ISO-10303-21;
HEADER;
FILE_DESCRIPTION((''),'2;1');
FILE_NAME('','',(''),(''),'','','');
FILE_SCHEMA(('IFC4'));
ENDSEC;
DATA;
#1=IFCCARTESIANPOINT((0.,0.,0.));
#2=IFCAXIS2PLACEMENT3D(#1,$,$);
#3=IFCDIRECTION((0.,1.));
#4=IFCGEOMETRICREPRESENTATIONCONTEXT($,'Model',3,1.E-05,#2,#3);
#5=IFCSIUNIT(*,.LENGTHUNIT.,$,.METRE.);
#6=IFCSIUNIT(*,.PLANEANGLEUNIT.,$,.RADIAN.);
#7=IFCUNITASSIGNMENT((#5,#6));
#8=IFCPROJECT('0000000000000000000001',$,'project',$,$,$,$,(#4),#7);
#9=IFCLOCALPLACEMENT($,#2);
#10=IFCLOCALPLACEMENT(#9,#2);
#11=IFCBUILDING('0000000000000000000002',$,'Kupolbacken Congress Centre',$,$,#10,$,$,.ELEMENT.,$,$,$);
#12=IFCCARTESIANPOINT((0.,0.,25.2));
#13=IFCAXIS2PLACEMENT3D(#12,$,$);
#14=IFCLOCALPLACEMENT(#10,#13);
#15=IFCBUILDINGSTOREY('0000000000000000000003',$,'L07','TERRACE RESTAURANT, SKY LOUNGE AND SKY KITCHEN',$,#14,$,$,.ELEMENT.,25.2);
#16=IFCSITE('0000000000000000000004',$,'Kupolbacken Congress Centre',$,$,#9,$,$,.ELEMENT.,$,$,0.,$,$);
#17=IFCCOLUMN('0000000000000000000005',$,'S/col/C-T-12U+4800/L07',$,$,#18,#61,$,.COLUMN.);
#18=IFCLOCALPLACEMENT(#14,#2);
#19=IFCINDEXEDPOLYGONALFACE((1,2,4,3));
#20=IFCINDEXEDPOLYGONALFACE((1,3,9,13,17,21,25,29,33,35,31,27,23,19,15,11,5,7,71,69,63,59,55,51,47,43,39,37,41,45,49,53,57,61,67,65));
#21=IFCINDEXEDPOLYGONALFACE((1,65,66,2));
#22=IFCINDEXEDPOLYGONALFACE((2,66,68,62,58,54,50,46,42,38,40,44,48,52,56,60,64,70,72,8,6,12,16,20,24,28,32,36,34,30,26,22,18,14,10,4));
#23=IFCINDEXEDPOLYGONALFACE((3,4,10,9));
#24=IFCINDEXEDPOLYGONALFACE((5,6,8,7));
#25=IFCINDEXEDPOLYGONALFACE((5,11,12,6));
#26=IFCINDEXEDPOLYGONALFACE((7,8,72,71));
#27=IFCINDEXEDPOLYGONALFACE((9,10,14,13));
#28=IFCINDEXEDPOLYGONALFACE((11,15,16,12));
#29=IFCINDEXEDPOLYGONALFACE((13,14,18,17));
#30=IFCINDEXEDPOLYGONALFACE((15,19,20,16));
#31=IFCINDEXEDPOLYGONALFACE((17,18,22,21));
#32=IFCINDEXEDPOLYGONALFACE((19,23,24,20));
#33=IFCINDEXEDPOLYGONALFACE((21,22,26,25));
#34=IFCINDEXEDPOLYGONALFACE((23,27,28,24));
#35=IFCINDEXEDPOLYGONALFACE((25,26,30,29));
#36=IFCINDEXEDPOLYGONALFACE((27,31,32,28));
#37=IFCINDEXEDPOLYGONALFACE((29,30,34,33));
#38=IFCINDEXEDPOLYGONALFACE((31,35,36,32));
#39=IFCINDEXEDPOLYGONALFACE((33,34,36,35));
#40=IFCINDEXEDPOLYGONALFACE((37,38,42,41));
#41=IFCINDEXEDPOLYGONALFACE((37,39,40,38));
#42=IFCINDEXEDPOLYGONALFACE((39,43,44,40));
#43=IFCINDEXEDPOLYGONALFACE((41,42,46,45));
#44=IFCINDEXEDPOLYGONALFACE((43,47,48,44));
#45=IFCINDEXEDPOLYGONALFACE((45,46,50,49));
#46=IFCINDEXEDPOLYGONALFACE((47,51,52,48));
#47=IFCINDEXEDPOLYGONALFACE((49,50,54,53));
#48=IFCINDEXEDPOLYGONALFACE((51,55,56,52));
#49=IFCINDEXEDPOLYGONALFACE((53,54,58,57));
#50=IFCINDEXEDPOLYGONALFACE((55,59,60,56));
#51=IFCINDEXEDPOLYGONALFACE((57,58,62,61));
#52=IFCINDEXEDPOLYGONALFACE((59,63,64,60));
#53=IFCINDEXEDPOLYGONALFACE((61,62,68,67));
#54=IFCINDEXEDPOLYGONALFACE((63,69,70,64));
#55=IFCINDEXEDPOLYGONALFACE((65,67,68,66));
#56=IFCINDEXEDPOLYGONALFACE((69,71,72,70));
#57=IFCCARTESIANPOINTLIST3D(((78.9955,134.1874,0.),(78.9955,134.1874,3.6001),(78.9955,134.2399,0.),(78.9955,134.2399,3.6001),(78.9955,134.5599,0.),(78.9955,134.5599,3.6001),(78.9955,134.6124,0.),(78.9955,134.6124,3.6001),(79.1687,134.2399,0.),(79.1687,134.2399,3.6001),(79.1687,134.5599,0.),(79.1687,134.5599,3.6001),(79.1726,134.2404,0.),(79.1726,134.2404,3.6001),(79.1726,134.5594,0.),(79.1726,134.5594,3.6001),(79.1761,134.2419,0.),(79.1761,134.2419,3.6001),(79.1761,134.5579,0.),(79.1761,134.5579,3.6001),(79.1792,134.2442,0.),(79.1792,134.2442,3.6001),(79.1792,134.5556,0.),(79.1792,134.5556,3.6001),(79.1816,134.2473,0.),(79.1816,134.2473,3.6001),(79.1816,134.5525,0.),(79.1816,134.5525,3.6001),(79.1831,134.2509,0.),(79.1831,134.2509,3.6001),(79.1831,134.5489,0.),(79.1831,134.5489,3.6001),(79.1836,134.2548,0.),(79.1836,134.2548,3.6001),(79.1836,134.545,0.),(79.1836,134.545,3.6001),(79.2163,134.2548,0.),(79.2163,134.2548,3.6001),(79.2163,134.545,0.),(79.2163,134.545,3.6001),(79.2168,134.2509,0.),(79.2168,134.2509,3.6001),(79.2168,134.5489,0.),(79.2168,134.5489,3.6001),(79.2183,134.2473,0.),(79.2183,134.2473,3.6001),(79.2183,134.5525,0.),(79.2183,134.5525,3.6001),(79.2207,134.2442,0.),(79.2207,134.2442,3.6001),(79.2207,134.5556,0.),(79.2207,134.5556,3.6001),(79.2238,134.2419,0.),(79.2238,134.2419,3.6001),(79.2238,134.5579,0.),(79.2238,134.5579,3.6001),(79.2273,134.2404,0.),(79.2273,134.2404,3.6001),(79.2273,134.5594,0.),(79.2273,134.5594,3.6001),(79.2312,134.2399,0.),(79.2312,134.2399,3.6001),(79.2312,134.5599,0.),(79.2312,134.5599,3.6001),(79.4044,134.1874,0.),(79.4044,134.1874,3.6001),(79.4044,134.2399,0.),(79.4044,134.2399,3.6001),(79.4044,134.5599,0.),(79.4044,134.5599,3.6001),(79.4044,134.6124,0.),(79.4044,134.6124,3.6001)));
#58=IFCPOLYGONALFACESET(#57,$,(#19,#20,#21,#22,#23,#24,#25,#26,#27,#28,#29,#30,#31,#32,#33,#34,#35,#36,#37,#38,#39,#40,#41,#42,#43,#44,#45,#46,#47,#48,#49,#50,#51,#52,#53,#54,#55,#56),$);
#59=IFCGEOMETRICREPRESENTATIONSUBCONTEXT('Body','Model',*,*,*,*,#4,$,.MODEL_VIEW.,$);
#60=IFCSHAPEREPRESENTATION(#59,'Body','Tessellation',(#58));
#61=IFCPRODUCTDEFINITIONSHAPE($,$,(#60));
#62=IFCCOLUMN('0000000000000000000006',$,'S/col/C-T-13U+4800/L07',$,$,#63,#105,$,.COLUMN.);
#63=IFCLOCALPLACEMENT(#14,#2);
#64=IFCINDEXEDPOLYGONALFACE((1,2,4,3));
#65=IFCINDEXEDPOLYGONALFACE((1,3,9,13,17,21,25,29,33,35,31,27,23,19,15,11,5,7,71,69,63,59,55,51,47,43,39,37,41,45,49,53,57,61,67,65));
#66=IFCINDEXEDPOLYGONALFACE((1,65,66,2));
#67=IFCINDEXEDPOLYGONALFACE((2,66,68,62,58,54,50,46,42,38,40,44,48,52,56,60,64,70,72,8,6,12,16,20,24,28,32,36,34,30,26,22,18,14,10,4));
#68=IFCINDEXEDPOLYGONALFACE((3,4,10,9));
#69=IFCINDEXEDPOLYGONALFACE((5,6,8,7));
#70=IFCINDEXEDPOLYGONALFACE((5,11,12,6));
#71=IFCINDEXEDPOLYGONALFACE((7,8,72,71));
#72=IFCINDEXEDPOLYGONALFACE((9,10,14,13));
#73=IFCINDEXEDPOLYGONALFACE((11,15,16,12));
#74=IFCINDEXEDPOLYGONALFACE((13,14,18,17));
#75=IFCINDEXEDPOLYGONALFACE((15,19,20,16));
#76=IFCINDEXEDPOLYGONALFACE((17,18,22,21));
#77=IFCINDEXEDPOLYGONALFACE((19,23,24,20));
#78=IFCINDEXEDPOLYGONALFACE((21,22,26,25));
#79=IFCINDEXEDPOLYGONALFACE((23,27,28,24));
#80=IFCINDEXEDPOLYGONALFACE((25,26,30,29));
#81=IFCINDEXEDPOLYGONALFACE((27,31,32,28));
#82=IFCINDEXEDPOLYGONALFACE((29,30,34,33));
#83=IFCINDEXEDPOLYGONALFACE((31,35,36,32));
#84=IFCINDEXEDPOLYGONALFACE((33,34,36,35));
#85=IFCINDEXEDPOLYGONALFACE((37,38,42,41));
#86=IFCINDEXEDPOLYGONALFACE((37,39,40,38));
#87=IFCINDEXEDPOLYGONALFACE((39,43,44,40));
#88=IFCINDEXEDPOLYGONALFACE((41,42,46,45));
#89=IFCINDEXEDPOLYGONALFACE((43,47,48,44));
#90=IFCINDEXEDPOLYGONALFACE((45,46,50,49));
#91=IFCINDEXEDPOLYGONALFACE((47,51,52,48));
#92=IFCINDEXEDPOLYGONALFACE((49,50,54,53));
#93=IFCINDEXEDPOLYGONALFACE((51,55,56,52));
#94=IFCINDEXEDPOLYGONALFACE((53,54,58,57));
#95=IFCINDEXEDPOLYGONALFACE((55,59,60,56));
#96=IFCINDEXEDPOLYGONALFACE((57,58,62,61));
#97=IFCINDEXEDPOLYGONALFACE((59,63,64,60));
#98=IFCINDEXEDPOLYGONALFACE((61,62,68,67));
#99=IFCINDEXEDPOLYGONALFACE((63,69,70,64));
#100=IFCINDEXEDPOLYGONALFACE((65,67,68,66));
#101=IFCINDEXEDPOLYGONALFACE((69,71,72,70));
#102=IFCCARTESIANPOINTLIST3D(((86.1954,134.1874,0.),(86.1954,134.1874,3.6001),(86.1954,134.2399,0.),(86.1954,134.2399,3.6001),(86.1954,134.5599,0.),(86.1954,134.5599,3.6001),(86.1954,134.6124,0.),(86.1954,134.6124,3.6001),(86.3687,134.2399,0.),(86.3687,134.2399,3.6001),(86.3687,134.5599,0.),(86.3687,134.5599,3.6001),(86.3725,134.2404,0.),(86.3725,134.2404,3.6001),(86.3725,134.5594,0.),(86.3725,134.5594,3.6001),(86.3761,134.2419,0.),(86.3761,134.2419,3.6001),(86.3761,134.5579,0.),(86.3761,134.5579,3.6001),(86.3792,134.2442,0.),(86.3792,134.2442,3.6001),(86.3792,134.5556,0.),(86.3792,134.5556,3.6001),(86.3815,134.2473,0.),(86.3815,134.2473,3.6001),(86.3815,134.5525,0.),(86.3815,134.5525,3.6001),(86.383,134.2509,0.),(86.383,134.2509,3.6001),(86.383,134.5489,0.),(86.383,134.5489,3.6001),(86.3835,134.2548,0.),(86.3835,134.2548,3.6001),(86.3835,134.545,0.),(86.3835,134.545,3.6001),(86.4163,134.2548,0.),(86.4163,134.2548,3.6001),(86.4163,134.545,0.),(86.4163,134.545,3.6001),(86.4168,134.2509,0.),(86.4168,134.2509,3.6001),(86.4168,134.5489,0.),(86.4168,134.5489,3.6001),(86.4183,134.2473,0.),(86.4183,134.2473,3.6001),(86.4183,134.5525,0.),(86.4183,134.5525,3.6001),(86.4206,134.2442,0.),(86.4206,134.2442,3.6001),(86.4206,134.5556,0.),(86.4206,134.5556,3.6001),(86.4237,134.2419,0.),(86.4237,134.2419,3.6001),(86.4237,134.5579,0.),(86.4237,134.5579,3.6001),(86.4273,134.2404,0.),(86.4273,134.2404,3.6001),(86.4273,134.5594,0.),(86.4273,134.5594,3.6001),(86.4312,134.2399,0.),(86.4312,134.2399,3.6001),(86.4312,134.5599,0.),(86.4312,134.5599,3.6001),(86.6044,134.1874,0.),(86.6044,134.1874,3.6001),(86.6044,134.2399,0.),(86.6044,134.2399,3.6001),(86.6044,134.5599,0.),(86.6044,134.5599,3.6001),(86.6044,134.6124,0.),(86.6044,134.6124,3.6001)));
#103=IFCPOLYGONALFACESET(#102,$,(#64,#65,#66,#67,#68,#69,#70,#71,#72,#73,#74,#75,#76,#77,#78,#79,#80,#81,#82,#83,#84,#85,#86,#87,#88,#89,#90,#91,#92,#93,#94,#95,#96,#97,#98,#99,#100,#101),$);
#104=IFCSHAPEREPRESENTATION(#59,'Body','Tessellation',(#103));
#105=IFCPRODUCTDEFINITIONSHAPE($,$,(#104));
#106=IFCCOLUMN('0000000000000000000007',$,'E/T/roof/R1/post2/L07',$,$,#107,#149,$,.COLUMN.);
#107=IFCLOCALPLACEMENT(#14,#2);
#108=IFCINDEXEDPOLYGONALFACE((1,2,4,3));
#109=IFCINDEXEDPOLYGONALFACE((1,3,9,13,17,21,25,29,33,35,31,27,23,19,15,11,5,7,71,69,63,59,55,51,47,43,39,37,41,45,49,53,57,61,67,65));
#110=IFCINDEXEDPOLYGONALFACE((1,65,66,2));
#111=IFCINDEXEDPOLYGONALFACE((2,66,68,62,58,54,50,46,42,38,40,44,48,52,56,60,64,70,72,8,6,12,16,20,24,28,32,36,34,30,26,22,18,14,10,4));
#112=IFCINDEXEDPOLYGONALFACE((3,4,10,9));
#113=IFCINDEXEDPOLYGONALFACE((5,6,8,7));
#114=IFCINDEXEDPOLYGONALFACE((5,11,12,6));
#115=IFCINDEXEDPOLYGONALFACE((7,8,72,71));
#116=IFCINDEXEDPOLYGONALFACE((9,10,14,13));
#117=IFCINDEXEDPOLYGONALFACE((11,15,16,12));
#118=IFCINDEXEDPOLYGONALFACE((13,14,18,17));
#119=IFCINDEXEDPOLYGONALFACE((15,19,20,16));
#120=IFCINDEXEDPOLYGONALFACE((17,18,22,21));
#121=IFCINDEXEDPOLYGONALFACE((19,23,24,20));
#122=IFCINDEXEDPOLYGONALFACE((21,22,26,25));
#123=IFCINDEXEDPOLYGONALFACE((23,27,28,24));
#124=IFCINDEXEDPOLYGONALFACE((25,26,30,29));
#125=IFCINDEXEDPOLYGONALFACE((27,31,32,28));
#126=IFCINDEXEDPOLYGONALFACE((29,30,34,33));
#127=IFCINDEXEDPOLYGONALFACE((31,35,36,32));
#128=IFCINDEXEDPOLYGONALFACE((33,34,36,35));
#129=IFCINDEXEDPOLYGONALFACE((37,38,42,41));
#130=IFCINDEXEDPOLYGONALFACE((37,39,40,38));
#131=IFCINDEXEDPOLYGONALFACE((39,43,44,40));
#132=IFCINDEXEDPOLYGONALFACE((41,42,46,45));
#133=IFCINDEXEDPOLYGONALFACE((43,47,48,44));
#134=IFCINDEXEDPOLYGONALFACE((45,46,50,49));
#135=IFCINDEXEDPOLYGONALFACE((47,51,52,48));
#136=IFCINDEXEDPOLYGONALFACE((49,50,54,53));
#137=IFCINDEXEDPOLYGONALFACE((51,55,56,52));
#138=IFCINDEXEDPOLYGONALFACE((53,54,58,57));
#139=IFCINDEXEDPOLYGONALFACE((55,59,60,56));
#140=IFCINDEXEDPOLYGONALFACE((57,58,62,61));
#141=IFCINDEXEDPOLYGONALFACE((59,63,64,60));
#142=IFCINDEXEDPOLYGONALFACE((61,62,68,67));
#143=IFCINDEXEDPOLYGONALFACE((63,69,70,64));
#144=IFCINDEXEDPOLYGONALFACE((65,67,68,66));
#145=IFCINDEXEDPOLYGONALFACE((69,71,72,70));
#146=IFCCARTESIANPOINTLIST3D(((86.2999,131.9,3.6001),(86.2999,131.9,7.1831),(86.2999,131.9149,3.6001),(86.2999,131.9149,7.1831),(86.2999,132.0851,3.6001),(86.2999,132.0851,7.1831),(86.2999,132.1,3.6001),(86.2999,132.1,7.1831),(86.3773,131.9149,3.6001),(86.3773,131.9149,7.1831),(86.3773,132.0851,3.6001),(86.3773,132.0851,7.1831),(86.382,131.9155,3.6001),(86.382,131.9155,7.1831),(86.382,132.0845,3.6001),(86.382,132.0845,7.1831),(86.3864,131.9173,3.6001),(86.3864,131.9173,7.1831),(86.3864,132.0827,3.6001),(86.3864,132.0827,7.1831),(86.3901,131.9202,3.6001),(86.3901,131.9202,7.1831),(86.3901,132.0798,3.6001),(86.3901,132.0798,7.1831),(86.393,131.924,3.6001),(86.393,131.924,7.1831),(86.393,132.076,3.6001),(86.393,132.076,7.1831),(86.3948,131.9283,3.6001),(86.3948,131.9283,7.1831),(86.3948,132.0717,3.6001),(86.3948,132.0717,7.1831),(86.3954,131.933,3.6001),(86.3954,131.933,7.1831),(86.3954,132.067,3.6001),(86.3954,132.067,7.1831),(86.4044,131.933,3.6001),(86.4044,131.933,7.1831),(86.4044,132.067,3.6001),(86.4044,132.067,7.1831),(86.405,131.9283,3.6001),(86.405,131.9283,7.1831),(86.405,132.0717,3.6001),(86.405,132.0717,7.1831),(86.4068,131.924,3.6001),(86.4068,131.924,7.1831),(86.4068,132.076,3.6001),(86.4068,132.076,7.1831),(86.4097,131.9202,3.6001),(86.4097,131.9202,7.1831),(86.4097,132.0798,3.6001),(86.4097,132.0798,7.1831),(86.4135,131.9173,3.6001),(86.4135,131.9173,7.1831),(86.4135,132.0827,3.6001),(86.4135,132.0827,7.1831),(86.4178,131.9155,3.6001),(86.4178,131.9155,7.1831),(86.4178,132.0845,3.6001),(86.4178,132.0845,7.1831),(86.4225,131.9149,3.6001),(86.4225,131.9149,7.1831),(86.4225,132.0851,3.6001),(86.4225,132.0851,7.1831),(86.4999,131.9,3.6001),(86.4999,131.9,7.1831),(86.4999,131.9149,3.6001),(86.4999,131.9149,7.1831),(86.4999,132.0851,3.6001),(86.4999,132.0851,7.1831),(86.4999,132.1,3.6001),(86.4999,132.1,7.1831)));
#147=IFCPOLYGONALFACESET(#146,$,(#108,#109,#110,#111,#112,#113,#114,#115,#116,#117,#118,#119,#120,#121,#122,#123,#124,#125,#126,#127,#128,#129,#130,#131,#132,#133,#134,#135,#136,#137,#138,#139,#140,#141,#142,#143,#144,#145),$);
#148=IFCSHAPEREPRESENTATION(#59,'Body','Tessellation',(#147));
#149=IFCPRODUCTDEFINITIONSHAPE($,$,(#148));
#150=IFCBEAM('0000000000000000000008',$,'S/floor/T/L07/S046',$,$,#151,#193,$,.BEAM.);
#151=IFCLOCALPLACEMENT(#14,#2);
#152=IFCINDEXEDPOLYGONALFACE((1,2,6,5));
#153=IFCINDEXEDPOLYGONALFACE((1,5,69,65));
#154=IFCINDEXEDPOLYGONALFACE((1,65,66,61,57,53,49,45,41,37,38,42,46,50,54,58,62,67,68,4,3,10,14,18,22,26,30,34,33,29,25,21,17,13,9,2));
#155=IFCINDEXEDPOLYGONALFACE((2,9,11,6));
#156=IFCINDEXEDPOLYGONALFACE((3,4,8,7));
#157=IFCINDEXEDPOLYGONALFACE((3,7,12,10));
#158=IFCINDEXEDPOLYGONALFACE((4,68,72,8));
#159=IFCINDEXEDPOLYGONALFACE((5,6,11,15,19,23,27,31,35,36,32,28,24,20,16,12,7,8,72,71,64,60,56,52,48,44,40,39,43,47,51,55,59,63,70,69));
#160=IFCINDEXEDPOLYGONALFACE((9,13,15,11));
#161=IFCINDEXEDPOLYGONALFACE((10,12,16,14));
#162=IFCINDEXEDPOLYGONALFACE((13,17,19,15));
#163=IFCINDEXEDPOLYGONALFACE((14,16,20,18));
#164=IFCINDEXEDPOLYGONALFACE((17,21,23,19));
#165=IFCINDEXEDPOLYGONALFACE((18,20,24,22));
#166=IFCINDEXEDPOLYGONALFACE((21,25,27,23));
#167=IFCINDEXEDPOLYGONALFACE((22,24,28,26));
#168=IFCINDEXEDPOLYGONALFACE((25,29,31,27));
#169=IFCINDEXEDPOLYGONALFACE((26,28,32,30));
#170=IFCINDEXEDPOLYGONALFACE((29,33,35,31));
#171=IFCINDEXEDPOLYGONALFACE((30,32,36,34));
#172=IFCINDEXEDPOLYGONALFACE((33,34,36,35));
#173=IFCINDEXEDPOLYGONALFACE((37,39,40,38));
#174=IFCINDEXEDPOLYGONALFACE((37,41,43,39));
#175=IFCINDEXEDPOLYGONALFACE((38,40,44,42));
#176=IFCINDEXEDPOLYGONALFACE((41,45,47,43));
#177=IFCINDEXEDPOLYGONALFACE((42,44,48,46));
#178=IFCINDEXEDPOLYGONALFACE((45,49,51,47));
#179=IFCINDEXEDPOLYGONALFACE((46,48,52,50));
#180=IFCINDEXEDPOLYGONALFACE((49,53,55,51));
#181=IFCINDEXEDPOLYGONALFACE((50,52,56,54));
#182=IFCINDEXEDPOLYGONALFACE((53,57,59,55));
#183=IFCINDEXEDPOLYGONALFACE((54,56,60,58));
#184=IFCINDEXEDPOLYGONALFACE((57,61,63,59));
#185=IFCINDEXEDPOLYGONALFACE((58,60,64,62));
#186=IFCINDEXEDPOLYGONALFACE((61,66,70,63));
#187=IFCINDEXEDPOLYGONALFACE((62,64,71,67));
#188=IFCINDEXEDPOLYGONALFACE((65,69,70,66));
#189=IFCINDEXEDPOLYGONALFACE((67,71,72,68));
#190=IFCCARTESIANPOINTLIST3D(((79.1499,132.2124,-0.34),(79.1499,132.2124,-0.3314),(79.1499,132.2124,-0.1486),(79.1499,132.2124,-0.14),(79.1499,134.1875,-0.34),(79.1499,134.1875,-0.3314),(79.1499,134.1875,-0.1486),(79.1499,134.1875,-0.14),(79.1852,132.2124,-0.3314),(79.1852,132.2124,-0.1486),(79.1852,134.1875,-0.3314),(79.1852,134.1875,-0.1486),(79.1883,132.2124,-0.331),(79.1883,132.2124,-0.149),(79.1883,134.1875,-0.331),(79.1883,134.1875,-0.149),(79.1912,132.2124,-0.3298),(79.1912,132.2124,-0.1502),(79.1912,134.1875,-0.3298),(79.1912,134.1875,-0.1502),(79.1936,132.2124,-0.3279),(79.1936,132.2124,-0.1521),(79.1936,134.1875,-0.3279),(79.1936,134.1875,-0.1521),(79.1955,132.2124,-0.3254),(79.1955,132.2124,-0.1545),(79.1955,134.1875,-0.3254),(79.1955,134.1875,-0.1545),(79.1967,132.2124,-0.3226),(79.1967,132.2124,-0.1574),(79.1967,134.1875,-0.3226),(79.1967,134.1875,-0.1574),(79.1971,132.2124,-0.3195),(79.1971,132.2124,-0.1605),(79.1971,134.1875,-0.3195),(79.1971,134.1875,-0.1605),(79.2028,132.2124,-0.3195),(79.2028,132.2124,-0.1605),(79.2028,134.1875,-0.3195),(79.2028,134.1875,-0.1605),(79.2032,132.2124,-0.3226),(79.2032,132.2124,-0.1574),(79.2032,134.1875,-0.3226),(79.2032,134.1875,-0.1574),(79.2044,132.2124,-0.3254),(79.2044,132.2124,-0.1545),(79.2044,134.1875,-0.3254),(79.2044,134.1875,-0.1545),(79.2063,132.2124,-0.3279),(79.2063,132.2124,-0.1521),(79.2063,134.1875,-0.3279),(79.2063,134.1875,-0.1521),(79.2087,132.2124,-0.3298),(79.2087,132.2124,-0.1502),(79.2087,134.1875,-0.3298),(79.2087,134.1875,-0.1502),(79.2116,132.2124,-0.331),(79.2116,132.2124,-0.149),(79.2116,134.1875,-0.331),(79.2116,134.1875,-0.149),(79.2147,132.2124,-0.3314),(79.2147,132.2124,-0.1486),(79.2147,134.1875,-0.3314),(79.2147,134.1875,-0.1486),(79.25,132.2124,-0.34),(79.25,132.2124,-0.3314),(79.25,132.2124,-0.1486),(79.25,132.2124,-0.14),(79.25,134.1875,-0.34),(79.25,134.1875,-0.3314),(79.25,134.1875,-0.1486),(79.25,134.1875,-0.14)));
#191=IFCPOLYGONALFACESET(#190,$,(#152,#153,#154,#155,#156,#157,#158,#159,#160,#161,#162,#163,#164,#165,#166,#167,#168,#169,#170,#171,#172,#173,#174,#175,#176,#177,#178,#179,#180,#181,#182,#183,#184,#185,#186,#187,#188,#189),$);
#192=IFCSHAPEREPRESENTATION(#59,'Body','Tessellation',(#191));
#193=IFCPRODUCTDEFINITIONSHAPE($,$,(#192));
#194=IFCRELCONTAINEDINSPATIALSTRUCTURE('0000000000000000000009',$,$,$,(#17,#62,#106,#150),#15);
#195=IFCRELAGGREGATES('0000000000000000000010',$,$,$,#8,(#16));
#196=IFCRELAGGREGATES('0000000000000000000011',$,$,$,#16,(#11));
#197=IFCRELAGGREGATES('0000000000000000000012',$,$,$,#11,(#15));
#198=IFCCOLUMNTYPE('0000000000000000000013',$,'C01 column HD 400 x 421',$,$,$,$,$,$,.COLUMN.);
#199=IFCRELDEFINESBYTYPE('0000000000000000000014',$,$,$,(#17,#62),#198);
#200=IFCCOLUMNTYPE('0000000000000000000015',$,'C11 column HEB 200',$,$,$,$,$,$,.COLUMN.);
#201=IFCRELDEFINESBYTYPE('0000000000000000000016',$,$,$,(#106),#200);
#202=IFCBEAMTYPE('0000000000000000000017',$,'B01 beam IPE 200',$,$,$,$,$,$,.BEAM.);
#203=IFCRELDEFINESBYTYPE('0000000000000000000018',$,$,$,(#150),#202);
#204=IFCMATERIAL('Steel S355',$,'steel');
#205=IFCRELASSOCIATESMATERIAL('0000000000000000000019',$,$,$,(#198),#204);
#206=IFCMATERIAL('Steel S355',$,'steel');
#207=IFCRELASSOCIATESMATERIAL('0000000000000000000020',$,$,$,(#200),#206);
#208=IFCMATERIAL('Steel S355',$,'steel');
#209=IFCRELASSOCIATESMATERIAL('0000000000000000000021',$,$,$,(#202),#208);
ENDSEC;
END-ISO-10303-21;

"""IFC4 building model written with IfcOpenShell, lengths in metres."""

from ifc_helpers import new_model, si_unit, direction, frame, origin, origin_2d, place, context, subcontext, project, spatial, i_section, extrude, material, material_profile, profile_set, type_object, element, save


model = new_model("IFC4")

# Units and contexts
model_context = context("Model", 3, precision=1e-05, world=origin(), true_north=direction((0.0, 1.0)))
body_context = subcontext(model_context, "Body", "Model", "MODEL_VIEW")
ifc_project = project(units=[si_unit("LENGTHUNIT", "METRE"), si_unit("PLANEANGLEUNIT", "RADIAN")], contexts=[model_context])

# Site, building, storey
site_placement = place(None, origin())
site = spatial("IfcSite", under=ifc_project, at=site_placement, Name="Kupolbacken Congress Centre", CompositionType="ELEMENT", RefElevation=0.0)
building_placement = place(site_placement, origin())
building = spatial("IfcBuilding", under=site, at=building_placement, Name="Kupolbacken Congress Centre", CompositionType="ELEMENT")
storey_placement = place(building_placement, frame((0.0, 0.0, 25.2)))
storey = spatial("IfcBuildingStorey", under=building, at=storey_placement, Name="L07", Description="TERRACE RESTAURANT, SKY LOUNGE AND SKY KITCHEN", CompositionType="ELEMENT", Elevation=25.2)

# Columns
ifc_material_1 = material(Name="Steel S355", Category="steel")
ifc_material_profile_1 = material_profile(ifc_material_1, i_section(OverallWidth=0.4089, OverallDepth=0.425, WebThickness=0.0327, FlangeThickness=0.0525, FilletRadius=0.0149, at=origin_2d()), Name="HD 400 x 421")
ifc_profile_set_1 = profile_set([ifc_material_profile_1], Name="Steel S355")
column_type_1 = type_object("IfcColumnType", Name="C01 column HD 400 x 421", PredefinedType="COLUMN", material=ifc_profile_set_1)
for number, where, z_axis, x_axis, name in (
    (1, (79.2, 134.3999, 0.0), (0.0, 0.0, 1.0), (1.0, 0.0, 0.0), "S/col/C-T-12U+4800/L07"),
    (2, (86.3999, 134.3999, 0.0), (0.0, 0.0, 1.0), (1.0, 0.0, 0.0), "S/col/C-T-13U+4800/L07"),
):
    element("IfcColumn", number, at=place(storey_placement, frame(where, z_axis=z_axis, x_axis=x_axis)), inside=storey, type_object=column_type_1, Name=name, PredefinedType="COLUMN", context=body_context, shape_type="SweptSolid", body=[
        extrude(i_section(OverallWidth=0.4089, OverallDepth=0.425, WebThickness=0.0327, FlangeThickness=0.0525, FilletRadius=0.0149, at=origin_2d()), origin(), (0.0, 0.0, 1.0), 3.6001),
    ])
ifc_material_2 = material(Name="Steel S355", Category="steel")
ifc_material_profile_2 = material_profile(ifc_material_2, i_section(OverallWidth=0.2, OverallDepth=0.2, WebThickness=0.009, FlangeThickness=0.0149, FilletRadius=0.0181, at=origin_2d()), Name="HEB 200")
ifc_profile_set_2 = profile_set([ifc_material_profile_2], Name="Steel S355")
column_type_2 = type_object("IfcColumnType", Name="C11 column HEB 200", PredefinedType="COLUMN", material=ifc_profile_set_2)
column_placement = place(storey_placement, frame((86.3999, 132.0, 3.6001), z_axis=(0.0, 0.0, 1.0), x_axis=(1.0, 0.0, 0.0)))
element("IfcColumn", 3, at=column_placement, inside=storey, type_object=column_type_2, Name="E/T/roof/R1/post2/L07", PredefinedType="COLUMN", context=body_context, shape_type="SweptSolid", body=[
    extrude(i_section(OverallWidth=0.2, OverallDepth=0.2, WebThickness=0.009, FlangeThickness=0.0149, FilletRadius=0.0181, at=origin_2d()), origin(), (0.0, 0.0, 1.0), 3.583),
])

# Beam
ifc_material_3 = material(Name="Steel S355", Category="steel")
ifc_material_profile_3 = material_profile(ifc_material_3, i_section(OverallWidth=0.1001, OverallDepth=0.2, WebThickness=0.0056, FlangeThickness=0.0085, FilletRadius=0.012, at=origin_2d()), Name="IPE 200")
ifc_profile_set_3 = profile_set([ifc_material_profile_3], Name="Steel S355")
beam_type_1 = type_object("IfcBeamType", Name="B01 beam IPE 200", PredefinedType="BEAM", material=ifc_profile_set_3)
beam_1_placement = place(storey_placement, frame((79.2, 132.2124, -0.24), z_axis=(0.0, 1.0, 0.0), x_axis=(-1.0, 0.0, 0.0)))
element("IfcBeam", 4, at=beam_1_placement, inside=storey, type_object=beam_type_1, Name="S/floor/T/L07/S046", PredefinedType="BEAM", context=body_context, shape_type="SweptSolid", body=[
    extrude(i_section(OverallWidth=0.1001, OverallDepth=0.2, WebThickness=0.0056, FlangeThickness=0.0085, FilletRadius=0.012, at=origin_2d()), origin(), (0.0, 0.0, 1.0), 1.9751),
])

save(model, "model.ifc")
